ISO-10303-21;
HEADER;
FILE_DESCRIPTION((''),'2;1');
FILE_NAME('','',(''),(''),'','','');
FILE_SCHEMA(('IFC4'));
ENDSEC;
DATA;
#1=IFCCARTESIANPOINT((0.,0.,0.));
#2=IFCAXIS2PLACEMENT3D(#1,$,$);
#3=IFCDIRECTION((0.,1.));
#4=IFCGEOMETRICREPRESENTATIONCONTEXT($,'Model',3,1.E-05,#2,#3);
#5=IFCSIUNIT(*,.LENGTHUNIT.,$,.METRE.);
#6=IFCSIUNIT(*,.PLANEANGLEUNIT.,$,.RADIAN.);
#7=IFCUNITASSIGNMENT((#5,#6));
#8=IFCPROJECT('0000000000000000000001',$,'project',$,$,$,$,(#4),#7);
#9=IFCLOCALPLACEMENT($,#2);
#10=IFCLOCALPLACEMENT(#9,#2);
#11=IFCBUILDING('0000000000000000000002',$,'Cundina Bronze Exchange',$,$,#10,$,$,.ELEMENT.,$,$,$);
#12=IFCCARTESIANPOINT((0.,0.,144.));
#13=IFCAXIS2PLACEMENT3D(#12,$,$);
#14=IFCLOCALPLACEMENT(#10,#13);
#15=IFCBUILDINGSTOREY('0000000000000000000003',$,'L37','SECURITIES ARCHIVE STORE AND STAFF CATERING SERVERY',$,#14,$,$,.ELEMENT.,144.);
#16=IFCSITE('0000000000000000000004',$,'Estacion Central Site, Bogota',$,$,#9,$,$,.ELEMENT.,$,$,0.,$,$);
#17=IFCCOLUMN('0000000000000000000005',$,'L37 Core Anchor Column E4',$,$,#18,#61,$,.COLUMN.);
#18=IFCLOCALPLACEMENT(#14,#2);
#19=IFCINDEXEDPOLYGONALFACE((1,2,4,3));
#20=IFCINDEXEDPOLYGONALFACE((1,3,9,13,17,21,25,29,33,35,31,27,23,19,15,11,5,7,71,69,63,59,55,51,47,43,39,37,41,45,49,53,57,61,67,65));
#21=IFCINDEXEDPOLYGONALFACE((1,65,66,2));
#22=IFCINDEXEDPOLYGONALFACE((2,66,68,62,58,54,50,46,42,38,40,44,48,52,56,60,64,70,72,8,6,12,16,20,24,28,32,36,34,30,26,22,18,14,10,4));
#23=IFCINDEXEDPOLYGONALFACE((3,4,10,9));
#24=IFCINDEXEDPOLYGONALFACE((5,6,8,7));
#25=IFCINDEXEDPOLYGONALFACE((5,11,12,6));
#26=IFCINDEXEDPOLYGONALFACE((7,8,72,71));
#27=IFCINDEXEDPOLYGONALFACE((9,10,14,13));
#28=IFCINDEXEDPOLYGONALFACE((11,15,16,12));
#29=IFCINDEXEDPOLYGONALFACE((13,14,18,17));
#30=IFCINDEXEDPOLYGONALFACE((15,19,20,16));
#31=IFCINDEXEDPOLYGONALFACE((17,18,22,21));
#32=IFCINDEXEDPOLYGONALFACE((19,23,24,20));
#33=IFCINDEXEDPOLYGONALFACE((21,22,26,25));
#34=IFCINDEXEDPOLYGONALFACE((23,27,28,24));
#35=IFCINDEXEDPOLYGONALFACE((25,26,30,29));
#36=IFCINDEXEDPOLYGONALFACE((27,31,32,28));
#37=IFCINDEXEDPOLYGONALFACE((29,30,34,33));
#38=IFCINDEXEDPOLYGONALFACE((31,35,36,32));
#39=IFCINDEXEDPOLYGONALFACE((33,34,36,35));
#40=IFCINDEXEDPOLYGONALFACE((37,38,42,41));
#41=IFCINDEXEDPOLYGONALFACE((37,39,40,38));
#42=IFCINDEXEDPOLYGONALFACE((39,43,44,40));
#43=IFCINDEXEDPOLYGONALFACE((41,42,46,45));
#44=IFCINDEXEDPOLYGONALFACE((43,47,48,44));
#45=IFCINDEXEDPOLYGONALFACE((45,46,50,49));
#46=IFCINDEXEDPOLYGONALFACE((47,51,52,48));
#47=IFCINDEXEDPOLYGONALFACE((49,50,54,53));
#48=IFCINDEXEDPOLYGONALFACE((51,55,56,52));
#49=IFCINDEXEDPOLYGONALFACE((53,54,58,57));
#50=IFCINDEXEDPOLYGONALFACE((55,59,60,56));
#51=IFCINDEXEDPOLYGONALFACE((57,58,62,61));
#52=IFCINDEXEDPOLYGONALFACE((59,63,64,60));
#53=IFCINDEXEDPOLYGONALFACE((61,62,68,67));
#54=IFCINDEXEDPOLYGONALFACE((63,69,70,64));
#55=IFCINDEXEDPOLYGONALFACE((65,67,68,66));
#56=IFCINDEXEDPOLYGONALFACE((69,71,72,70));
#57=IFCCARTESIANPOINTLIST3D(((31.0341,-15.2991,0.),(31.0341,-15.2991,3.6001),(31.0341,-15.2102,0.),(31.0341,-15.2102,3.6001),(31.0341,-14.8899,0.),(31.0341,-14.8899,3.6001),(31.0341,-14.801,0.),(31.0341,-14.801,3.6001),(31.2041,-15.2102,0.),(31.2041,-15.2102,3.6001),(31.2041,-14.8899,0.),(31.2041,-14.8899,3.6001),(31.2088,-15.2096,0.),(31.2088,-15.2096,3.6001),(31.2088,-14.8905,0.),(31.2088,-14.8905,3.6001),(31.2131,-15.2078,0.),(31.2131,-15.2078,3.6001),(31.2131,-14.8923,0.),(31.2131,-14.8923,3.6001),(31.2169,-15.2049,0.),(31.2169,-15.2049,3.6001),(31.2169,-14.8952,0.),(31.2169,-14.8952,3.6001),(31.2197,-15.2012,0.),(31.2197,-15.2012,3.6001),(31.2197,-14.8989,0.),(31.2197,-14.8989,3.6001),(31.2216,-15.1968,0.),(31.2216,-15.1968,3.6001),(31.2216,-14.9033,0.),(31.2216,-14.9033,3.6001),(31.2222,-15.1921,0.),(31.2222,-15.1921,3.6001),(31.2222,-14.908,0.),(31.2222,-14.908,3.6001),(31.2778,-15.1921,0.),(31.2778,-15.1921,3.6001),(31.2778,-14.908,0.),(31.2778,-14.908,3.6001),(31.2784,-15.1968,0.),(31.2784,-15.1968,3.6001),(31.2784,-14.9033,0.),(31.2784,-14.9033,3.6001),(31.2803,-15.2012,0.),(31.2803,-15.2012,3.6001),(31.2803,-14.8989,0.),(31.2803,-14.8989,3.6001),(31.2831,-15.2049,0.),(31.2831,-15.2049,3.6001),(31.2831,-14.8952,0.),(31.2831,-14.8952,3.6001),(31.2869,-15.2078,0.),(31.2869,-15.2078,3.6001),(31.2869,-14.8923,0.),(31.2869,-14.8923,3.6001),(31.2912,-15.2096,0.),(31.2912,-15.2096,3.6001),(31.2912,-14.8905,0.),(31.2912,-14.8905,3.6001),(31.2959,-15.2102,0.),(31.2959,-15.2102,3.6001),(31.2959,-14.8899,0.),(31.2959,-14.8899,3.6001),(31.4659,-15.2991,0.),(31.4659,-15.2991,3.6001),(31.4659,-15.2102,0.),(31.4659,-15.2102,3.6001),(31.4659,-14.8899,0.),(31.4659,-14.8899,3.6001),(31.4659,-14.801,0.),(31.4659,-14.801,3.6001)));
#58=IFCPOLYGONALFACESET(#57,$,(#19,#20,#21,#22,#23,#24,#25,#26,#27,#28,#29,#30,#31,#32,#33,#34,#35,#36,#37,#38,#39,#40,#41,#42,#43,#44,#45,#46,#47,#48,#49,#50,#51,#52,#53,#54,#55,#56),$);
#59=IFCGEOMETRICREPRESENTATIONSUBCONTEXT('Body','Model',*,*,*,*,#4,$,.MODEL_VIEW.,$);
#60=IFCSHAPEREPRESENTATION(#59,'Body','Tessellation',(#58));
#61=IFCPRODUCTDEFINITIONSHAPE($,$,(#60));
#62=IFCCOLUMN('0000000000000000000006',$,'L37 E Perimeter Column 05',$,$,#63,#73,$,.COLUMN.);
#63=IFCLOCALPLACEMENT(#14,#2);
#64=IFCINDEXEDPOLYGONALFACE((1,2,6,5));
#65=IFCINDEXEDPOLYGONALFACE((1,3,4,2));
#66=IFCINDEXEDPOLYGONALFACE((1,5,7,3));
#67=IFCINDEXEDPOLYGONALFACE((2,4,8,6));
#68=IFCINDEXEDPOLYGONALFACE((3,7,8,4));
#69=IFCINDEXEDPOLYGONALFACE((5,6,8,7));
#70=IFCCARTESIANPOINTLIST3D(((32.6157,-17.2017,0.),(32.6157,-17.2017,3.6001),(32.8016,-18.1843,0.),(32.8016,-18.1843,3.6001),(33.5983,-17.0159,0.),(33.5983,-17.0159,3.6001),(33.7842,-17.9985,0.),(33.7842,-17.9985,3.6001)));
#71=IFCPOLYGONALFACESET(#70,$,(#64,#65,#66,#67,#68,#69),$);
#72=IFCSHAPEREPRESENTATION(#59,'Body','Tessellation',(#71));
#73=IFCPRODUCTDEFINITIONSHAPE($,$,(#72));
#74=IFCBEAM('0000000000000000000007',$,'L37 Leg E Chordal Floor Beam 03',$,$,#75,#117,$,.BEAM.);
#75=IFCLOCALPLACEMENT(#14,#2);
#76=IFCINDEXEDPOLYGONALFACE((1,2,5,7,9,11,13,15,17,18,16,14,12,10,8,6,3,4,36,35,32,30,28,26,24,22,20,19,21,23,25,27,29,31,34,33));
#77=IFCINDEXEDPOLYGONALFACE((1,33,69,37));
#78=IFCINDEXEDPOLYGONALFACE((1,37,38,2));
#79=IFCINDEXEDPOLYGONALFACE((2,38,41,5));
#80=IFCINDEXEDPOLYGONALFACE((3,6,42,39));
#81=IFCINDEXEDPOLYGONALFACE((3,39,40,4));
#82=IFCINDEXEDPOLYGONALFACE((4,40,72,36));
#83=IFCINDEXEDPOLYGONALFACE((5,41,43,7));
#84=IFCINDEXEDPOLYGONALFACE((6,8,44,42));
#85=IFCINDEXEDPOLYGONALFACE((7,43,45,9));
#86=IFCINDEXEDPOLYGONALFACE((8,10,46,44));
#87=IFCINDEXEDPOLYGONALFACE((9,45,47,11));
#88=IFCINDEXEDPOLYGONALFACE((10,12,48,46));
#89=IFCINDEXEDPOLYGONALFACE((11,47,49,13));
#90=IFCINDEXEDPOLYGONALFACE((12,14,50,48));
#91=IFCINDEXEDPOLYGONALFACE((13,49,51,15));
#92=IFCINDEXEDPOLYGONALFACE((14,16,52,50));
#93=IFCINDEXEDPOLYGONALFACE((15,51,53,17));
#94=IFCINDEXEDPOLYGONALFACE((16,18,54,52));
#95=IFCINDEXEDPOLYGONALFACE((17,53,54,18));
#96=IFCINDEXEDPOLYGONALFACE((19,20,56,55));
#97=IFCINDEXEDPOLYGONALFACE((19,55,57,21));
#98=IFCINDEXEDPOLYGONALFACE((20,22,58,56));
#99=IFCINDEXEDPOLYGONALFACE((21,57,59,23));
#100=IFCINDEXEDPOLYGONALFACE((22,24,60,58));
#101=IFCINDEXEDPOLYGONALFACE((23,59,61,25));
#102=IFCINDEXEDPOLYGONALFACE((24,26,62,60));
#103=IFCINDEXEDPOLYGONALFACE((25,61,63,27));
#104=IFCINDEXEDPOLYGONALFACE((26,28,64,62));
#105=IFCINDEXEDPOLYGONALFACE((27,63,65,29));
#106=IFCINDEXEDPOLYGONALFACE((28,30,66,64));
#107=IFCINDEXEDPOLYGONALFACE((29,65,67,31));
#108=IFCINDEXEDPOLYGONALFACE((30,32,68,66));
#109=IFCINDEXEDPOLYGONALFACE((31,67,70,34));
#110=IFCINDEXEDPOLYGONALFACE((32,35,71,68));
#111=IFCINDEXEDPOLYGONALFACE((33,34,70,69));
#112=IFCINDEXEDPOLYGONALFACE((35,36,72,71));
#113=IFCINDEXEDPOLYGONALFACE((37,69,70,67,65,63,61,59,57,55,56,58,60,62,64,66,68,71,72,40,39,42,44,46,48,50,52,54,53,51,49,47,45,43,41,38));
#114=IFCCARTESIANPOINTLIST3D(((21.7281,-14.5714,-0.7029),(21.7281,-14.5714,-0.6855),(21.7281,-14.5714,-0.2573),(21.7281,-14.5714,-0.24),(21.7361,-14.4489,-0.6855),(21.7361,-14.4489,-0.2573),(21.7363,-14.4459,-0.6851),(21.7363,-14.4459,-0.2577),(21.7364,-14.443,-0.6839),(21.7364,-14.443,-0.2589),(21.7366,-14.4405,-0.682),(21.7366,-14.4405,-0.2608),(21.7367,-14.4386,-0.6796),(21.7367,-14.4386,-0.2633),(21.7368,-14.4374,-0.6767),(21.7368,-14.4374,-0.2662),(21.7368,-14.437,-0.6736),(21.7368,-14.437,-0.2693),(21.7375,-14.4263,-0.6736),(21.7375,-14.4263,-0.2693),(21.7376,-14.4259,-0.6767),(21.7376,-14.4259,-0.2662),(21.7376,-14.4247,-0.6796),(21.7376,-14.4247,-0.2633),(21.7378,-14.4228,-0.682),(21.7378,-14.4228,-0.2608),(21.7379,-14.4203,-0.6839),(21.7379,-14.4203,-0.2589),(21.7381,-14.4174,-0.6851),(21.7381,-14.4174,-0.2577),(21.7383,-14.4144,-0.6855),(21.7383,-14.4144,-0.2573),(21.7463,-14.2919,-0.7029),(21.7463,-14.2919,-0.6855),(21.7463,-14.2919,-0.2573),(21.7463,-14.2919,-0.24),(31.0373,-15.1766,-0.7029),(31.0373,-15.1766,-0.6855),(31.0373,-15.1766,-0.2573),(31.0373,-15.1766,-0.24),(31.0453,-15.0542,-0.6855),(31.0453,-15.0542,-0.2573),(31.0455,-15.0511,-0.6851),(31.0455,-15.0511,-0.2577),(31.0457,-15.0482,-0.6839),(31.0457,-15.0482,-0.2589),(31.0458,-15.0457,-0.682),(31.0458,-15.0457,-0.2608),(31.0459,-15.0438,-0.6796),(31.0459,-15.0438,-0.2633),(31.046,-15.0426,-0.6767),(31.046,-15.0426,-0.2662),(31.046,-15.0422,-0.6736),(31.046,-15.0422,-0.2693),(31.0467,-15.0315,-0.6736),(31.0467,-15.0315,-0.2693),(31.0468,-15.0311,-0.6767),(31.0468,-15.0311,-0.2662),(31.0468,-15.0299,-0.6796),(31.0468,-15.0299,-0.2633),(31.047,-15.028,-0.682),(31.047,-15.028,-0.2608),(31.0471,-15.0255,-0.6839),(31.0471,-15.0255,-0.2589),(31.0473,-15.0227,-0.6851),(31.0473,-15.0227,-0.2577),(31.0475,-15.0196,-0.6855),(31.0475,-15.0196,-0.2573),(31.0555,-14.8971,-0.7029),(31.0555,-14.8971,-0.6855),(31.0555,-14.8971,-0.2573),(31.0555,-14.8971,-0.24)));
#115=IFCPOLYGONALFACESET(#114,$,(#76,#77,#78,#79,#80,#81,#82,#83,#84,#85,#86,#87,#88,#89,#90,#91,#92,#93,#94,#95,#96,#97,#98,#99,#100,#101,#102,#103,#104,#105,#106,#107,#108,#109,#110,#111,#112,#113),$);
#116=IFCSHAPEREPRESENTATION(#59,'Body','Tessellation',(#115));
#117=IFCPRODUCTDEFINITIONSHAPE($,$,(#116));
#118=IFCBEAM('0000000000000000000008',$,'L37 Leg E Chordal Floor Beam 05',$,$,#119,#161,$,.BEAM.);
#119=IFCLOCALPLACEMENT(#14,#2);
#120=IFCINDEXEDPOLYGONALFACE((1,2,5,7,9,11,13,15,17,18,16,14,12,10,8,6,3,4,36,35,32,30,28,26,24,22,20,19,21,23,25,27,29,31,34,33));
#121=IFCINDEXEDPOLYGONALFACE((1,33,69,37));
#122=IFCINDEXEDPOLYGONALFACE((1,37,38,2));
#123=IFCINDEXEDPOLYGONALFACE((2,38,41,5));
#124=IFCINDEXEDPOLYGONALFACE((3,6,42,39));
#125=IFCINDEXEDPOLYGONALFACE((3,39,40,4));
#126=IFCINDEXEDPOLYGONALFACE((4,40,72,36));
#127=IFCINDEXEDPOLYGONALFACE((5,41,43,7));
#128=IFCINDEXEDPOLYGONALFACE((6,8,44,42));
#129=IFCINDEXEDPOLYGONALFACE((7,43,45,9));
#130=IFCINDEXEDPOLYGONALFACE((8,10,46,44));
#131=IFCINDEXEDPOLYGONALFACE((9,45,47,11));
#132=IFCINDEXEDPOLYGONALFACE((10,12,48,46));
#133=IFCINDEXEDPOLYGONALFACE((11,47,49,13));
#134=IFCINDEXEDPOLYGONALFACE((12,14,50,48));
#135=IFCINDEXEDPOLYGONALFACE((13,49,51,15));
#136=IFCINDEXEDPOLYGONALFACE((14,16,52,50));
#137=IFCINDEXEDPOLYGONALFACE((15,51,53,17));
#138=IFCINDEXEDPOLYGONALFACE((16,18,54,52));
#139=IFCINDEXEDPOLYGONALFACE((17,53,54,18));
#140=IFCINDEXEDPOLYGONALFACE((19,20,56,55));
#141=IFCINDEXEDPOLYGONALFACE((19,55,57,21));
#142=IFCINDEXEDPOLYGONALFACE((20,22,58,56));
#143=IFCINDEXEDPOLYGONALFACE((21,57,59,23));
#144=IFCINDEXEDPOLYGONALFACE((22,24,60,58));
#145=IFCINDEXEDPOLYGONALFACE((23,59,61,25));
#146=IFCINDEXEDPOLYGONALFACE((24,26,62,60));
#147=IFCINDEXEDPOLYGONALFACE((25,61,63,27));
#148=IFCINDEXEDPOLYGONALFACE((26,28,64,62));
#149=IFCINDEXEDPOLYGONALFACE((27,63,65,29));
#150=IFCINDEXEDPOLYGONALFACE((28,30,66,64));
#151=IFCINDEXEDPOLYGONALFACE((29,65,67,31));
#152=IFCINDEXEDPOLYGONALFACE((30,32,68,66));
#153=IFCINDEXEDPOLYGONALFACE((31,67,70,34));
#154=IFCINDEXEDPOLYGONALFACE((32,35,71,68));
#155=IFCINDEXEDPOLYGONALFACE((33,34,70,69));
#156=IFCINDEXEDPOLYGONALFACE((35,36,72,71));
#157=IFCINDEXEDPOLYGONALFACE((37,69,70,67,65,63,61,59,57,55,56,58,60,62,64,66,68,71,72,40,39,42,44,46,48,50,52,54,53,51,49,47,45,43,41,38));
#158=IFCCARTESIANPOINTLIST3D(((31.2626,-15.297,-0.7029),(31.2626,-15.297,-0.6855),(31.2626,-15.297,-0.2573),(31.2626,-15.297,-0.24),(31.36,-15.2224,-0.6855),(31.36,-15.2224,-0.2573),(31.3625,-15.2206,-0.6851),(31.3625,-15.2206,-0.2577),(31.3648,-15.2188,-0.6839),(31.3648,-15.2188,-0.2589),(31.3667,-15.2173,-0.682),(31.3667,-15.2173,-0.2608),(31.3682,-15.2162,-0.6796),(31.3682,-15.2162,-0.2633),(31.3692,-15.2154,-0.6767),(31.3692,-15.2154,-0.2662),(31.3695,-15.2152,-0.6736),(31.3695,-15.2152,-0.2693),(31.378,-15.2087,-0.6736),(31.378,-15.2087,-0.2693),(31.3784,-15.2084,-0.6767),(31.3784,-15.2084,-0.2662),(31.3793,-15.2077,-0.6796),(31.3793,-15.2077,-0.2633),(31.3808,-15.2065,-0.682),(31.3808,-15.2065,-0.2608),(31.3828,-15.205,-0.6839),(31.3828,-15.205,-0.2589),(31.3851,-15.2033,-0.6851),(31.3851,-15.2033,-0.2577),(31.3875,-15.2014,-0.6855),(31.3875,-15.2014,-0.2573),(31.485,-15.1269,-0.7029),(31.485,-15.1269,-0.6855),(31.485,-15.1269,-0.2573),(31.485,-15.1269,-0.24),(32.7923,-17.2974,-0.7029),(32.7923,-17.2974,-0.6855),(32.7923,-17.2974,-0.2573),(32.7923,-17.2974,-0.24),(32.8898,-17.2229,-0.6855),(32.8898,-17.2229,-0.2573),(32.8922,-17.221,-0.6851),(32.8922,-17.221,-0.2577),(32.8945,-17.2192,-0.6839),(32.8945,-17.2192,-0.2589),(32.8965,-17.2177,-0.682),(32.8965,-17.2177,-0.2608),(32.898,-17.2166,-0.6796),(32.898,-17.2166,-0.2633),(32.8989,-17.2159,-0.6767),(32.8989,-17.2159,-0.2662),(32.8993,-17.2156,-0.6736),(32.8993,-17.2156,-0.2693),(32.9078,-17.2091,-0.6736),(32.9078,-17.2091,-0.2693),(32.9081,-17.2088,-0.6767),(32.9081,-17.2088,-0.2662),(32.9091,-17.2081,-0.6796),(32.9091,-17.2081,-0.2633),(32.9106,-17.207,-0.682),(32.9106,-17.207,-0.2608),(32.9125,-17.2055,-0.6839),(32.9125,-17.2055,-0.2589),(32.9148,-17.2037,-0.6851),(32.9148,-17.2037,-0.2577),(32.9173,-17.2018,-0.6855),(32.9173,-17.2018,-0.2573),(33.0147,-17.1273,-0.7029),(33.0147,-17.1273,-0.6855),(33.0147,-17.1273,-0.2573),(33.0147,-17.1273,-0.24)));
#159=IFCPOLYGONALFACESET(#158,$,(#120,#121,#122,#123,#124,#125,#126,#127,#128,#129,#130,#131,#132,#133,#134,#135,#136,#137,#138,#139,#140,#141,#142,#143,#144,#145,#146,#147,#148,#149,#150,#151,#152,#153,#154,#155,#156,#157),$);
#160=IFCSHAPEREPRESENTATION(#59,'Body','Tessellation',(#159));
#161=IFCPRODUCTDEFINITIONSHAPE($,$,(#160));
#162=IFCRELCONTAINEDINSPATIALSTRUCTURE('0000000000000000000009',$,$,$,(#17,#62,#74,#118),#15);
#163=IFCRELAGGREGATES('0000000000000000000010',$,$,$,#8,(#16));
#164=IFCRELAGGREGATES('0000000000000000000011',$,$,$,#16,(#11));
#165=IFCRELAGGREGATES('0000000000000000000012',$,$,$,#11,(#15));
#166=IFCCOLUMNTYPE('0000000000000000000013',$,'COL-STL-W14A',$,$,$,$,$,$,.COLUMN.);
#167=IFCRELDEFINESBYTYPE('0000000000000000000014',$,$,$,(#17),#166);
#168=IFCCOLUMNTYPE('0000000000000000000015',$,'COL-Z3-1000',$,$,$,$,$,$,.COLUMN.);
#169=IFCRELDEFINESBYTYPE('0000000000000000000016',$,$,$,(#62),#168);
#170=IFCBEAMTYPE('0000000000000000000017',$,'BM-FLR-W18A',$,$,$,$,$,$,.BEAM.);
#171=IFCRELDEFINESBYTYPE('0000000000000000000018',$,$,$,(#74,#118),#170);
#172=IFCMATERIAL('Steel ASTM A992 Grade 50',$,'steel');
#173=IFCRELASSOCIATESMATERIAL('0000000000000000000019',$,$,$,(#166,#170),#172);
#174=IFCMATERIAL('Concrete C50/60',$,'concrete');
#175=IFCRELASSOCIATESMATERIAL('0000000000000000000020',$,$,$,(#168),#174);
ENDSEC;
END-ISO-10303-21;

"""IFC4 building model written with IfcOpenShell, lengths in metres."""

from ifc_helpers import new_model, si_unit, direction, frame, origin, origin_2d, place, context, subcontext, project, spatial, rectangle, i_section, extrude, material, material_profile, profile_set, type_object, element, save


model = new_model("IFC4")

# Units and contexts
model_context = context("Model", 3, precision=1e-05, world=origin(), true_north=direction((0.0, 1.0)))
body_context = subcontext(model_context, "Body", "Model", "MODEL_VIEW")
ifc_project = project(units=[si_unit("LENGTHUNIT", "METRE"), si_unit("PLANEANGLEUNIT", "RADIAN")], contexts=[model_context])

# Site, building, storey
site_placement = place(None, origin())
site = spatial("IfcSite", under=ifc_project, at=site_placement, Name="Estacion Central Site, Bogota", CompositionType="ELEMENT", RefElevation=0.0)
building_placement = place(site_placement, origin())
building = spatial("IfcBuilding", under=site, at=building_placement, Name="Cundina Bronze Exchange", CompositionType="ELEMENT")
storey_placement = place(building_placement, frame((0.0, 0.0, 144.0)))
storey = spatial("IfcBuildingStorey", under=building, at=storey_placement, Name="L37", Description="SECURITIES ARCHIVE STORE AND STAFF CATERING SERVERY", CompositionType="ELEMENT", Elevation=144.0)

# Columns
ifc_material_1 = material(Name="Steel ASTM A992 Grade 50", Category="steel")
ifc_material_profile_1 = material_profile(ifc_material_1, i_section(OverallWidth=0.4319, OverallDepth=0.498, WebThickness=0.0557, FlangeThickness=0.0889, FilletRadius=0.0181, at=origin_2d()), Name="W14X500", Category="steel")
ifc_profile_set_1 = profile_set([ifc_material_profile_1], Name="Steel ASTM A992 Grade 50")
column_type_1 = type_object("IfcColumnType", Name="COL-STL-W14A", PredefinedType="COLUMN", material=ifc_profile_set_1)
column_1_placement = place(storey_placement, frame((31.25, -15.05, 0.0), z_axis=(0.0, 0.0, 1.0), x_axis=(1.0, 0.0, 0.0)))
element("IfcColumn", 1, at=column_1_placement, inside=storey, type_object=column_type_1, Name="L37 Core Anchor Column E4", PredefinedType="COLUMN", context=body_context, shape_type="SweptSolid", body=[
    extrude(i_section(OverallWidth=0.4319, OverallDepth=0.498, WebThickness=0.0557, FlangeThickness=0.0889, FilletRadius=0.0181, at=origin_2d()), origin(), (0.0, 0.0, 1.0), 3.6001),
])
ifc_material_2 = material(Name="Concrete C50/60", Category="concrete")
ifc_material_profile_2 = material_profile(ifc_material_2, rectangle(XDim=1.0, YDim=1.0, at=origin_2d()), Name="RC1000X1000", Category="concrete")
ifc_profile_set_2 = profile_set([ifc_material_profile_2], Name="Concrete C50/60")
column_type_2 = type_object("IfcColumnType", Name="COL-Z3-1000", PredefinedType="COLUMN", material=ifc_profile_set_2)
column_2_placement = place(storey_placement, frame((33.2, -17.6001, 0.0), z_axis=(0.0, 0.0, 1.0), x_axis=(0.98258, 0.185838, 0.0)))
element("IfcColumn", 2, at=column_2_placement, inside=storey, type_object=column_type_2, Name="L37 E Perimeter Column 05", PredefinedType="COLUMN", context=body_context, shape_type="SweptSolid", body=[
    extrude(rectangle(XDim=1.0, YDim=1.0, at=origin_2d()), origin(), (0.0, 0.0, 1.0), 3.6001),
])

# Beams
ifc_material_profile_3 = material_profile(ifc_material_1, i_section(OverallWidth=0.28, OverallDepth=0.4629, WebThickness=0.0107, FlangeThickness=0.0173, FilletRadius=0.012, at=origin_2d()), Name="W18X76", Category="steel")
ifc_profile_set_3 = profile_set([ifc_material_profile_3], Name="Steel ASTM A992 Grade 50")
beam_type_1 = type_object("IfcBeamType", Name="BM-FLR-W18A", PredefinedType="BEAM", material=ifc_profile_set_3)
beam_1_placement = place(storey_placement, frame((31.0464, -15.0369, -0.4714), z_axis=(-0.997893, 0.064876, 0.0), x_axis=(-0.064876, -0.997893, 0.0)))
element("IfcBeam", 3, at=beam_1_placement, inside=storey, type_object=beam_type_1, Name="L37 Leg E Chordal Floor Beam 03", PredefinedType="BEAM", context=body_context, shape_type="SweptSolid", body=[
    extrude(i_section(OverallWidth=0.28, OverallDepth=0.4629, WebThickness=0.0107, FlangeThickness=0.0173, FilletRadius=0.012, at=origin_2d()), origin(), (0.0, 0.0, 1.0), 9.3289),
])
beam_2_placement = place(storey_placement, frame((31.3738, -15.2119, -0.4714), z_axis=(0.60745, -0.794358, 0.0), x_axis=(0.794358, 0.60745, 0.0)))
element("IfcBeam", 4, at=beam_2_placement, inside=storey, type_object=beam_type_1, Name="L37 Leg E Chordal Floor Beam 05", PredefinedType="BEAM", context=body_context, shape_type="SweptSolid", body=[
    extrude(i_section(OverallWidth=0.28, OverallDepth=0.4629, WebThickness=0.0107, FlangeThickness=0.0173, FilletRadius=0.012, at=origin_2d()), origin(), (0.0, 0.0, 1.0), 2.5183),
])

save(model, "model.ifc")
